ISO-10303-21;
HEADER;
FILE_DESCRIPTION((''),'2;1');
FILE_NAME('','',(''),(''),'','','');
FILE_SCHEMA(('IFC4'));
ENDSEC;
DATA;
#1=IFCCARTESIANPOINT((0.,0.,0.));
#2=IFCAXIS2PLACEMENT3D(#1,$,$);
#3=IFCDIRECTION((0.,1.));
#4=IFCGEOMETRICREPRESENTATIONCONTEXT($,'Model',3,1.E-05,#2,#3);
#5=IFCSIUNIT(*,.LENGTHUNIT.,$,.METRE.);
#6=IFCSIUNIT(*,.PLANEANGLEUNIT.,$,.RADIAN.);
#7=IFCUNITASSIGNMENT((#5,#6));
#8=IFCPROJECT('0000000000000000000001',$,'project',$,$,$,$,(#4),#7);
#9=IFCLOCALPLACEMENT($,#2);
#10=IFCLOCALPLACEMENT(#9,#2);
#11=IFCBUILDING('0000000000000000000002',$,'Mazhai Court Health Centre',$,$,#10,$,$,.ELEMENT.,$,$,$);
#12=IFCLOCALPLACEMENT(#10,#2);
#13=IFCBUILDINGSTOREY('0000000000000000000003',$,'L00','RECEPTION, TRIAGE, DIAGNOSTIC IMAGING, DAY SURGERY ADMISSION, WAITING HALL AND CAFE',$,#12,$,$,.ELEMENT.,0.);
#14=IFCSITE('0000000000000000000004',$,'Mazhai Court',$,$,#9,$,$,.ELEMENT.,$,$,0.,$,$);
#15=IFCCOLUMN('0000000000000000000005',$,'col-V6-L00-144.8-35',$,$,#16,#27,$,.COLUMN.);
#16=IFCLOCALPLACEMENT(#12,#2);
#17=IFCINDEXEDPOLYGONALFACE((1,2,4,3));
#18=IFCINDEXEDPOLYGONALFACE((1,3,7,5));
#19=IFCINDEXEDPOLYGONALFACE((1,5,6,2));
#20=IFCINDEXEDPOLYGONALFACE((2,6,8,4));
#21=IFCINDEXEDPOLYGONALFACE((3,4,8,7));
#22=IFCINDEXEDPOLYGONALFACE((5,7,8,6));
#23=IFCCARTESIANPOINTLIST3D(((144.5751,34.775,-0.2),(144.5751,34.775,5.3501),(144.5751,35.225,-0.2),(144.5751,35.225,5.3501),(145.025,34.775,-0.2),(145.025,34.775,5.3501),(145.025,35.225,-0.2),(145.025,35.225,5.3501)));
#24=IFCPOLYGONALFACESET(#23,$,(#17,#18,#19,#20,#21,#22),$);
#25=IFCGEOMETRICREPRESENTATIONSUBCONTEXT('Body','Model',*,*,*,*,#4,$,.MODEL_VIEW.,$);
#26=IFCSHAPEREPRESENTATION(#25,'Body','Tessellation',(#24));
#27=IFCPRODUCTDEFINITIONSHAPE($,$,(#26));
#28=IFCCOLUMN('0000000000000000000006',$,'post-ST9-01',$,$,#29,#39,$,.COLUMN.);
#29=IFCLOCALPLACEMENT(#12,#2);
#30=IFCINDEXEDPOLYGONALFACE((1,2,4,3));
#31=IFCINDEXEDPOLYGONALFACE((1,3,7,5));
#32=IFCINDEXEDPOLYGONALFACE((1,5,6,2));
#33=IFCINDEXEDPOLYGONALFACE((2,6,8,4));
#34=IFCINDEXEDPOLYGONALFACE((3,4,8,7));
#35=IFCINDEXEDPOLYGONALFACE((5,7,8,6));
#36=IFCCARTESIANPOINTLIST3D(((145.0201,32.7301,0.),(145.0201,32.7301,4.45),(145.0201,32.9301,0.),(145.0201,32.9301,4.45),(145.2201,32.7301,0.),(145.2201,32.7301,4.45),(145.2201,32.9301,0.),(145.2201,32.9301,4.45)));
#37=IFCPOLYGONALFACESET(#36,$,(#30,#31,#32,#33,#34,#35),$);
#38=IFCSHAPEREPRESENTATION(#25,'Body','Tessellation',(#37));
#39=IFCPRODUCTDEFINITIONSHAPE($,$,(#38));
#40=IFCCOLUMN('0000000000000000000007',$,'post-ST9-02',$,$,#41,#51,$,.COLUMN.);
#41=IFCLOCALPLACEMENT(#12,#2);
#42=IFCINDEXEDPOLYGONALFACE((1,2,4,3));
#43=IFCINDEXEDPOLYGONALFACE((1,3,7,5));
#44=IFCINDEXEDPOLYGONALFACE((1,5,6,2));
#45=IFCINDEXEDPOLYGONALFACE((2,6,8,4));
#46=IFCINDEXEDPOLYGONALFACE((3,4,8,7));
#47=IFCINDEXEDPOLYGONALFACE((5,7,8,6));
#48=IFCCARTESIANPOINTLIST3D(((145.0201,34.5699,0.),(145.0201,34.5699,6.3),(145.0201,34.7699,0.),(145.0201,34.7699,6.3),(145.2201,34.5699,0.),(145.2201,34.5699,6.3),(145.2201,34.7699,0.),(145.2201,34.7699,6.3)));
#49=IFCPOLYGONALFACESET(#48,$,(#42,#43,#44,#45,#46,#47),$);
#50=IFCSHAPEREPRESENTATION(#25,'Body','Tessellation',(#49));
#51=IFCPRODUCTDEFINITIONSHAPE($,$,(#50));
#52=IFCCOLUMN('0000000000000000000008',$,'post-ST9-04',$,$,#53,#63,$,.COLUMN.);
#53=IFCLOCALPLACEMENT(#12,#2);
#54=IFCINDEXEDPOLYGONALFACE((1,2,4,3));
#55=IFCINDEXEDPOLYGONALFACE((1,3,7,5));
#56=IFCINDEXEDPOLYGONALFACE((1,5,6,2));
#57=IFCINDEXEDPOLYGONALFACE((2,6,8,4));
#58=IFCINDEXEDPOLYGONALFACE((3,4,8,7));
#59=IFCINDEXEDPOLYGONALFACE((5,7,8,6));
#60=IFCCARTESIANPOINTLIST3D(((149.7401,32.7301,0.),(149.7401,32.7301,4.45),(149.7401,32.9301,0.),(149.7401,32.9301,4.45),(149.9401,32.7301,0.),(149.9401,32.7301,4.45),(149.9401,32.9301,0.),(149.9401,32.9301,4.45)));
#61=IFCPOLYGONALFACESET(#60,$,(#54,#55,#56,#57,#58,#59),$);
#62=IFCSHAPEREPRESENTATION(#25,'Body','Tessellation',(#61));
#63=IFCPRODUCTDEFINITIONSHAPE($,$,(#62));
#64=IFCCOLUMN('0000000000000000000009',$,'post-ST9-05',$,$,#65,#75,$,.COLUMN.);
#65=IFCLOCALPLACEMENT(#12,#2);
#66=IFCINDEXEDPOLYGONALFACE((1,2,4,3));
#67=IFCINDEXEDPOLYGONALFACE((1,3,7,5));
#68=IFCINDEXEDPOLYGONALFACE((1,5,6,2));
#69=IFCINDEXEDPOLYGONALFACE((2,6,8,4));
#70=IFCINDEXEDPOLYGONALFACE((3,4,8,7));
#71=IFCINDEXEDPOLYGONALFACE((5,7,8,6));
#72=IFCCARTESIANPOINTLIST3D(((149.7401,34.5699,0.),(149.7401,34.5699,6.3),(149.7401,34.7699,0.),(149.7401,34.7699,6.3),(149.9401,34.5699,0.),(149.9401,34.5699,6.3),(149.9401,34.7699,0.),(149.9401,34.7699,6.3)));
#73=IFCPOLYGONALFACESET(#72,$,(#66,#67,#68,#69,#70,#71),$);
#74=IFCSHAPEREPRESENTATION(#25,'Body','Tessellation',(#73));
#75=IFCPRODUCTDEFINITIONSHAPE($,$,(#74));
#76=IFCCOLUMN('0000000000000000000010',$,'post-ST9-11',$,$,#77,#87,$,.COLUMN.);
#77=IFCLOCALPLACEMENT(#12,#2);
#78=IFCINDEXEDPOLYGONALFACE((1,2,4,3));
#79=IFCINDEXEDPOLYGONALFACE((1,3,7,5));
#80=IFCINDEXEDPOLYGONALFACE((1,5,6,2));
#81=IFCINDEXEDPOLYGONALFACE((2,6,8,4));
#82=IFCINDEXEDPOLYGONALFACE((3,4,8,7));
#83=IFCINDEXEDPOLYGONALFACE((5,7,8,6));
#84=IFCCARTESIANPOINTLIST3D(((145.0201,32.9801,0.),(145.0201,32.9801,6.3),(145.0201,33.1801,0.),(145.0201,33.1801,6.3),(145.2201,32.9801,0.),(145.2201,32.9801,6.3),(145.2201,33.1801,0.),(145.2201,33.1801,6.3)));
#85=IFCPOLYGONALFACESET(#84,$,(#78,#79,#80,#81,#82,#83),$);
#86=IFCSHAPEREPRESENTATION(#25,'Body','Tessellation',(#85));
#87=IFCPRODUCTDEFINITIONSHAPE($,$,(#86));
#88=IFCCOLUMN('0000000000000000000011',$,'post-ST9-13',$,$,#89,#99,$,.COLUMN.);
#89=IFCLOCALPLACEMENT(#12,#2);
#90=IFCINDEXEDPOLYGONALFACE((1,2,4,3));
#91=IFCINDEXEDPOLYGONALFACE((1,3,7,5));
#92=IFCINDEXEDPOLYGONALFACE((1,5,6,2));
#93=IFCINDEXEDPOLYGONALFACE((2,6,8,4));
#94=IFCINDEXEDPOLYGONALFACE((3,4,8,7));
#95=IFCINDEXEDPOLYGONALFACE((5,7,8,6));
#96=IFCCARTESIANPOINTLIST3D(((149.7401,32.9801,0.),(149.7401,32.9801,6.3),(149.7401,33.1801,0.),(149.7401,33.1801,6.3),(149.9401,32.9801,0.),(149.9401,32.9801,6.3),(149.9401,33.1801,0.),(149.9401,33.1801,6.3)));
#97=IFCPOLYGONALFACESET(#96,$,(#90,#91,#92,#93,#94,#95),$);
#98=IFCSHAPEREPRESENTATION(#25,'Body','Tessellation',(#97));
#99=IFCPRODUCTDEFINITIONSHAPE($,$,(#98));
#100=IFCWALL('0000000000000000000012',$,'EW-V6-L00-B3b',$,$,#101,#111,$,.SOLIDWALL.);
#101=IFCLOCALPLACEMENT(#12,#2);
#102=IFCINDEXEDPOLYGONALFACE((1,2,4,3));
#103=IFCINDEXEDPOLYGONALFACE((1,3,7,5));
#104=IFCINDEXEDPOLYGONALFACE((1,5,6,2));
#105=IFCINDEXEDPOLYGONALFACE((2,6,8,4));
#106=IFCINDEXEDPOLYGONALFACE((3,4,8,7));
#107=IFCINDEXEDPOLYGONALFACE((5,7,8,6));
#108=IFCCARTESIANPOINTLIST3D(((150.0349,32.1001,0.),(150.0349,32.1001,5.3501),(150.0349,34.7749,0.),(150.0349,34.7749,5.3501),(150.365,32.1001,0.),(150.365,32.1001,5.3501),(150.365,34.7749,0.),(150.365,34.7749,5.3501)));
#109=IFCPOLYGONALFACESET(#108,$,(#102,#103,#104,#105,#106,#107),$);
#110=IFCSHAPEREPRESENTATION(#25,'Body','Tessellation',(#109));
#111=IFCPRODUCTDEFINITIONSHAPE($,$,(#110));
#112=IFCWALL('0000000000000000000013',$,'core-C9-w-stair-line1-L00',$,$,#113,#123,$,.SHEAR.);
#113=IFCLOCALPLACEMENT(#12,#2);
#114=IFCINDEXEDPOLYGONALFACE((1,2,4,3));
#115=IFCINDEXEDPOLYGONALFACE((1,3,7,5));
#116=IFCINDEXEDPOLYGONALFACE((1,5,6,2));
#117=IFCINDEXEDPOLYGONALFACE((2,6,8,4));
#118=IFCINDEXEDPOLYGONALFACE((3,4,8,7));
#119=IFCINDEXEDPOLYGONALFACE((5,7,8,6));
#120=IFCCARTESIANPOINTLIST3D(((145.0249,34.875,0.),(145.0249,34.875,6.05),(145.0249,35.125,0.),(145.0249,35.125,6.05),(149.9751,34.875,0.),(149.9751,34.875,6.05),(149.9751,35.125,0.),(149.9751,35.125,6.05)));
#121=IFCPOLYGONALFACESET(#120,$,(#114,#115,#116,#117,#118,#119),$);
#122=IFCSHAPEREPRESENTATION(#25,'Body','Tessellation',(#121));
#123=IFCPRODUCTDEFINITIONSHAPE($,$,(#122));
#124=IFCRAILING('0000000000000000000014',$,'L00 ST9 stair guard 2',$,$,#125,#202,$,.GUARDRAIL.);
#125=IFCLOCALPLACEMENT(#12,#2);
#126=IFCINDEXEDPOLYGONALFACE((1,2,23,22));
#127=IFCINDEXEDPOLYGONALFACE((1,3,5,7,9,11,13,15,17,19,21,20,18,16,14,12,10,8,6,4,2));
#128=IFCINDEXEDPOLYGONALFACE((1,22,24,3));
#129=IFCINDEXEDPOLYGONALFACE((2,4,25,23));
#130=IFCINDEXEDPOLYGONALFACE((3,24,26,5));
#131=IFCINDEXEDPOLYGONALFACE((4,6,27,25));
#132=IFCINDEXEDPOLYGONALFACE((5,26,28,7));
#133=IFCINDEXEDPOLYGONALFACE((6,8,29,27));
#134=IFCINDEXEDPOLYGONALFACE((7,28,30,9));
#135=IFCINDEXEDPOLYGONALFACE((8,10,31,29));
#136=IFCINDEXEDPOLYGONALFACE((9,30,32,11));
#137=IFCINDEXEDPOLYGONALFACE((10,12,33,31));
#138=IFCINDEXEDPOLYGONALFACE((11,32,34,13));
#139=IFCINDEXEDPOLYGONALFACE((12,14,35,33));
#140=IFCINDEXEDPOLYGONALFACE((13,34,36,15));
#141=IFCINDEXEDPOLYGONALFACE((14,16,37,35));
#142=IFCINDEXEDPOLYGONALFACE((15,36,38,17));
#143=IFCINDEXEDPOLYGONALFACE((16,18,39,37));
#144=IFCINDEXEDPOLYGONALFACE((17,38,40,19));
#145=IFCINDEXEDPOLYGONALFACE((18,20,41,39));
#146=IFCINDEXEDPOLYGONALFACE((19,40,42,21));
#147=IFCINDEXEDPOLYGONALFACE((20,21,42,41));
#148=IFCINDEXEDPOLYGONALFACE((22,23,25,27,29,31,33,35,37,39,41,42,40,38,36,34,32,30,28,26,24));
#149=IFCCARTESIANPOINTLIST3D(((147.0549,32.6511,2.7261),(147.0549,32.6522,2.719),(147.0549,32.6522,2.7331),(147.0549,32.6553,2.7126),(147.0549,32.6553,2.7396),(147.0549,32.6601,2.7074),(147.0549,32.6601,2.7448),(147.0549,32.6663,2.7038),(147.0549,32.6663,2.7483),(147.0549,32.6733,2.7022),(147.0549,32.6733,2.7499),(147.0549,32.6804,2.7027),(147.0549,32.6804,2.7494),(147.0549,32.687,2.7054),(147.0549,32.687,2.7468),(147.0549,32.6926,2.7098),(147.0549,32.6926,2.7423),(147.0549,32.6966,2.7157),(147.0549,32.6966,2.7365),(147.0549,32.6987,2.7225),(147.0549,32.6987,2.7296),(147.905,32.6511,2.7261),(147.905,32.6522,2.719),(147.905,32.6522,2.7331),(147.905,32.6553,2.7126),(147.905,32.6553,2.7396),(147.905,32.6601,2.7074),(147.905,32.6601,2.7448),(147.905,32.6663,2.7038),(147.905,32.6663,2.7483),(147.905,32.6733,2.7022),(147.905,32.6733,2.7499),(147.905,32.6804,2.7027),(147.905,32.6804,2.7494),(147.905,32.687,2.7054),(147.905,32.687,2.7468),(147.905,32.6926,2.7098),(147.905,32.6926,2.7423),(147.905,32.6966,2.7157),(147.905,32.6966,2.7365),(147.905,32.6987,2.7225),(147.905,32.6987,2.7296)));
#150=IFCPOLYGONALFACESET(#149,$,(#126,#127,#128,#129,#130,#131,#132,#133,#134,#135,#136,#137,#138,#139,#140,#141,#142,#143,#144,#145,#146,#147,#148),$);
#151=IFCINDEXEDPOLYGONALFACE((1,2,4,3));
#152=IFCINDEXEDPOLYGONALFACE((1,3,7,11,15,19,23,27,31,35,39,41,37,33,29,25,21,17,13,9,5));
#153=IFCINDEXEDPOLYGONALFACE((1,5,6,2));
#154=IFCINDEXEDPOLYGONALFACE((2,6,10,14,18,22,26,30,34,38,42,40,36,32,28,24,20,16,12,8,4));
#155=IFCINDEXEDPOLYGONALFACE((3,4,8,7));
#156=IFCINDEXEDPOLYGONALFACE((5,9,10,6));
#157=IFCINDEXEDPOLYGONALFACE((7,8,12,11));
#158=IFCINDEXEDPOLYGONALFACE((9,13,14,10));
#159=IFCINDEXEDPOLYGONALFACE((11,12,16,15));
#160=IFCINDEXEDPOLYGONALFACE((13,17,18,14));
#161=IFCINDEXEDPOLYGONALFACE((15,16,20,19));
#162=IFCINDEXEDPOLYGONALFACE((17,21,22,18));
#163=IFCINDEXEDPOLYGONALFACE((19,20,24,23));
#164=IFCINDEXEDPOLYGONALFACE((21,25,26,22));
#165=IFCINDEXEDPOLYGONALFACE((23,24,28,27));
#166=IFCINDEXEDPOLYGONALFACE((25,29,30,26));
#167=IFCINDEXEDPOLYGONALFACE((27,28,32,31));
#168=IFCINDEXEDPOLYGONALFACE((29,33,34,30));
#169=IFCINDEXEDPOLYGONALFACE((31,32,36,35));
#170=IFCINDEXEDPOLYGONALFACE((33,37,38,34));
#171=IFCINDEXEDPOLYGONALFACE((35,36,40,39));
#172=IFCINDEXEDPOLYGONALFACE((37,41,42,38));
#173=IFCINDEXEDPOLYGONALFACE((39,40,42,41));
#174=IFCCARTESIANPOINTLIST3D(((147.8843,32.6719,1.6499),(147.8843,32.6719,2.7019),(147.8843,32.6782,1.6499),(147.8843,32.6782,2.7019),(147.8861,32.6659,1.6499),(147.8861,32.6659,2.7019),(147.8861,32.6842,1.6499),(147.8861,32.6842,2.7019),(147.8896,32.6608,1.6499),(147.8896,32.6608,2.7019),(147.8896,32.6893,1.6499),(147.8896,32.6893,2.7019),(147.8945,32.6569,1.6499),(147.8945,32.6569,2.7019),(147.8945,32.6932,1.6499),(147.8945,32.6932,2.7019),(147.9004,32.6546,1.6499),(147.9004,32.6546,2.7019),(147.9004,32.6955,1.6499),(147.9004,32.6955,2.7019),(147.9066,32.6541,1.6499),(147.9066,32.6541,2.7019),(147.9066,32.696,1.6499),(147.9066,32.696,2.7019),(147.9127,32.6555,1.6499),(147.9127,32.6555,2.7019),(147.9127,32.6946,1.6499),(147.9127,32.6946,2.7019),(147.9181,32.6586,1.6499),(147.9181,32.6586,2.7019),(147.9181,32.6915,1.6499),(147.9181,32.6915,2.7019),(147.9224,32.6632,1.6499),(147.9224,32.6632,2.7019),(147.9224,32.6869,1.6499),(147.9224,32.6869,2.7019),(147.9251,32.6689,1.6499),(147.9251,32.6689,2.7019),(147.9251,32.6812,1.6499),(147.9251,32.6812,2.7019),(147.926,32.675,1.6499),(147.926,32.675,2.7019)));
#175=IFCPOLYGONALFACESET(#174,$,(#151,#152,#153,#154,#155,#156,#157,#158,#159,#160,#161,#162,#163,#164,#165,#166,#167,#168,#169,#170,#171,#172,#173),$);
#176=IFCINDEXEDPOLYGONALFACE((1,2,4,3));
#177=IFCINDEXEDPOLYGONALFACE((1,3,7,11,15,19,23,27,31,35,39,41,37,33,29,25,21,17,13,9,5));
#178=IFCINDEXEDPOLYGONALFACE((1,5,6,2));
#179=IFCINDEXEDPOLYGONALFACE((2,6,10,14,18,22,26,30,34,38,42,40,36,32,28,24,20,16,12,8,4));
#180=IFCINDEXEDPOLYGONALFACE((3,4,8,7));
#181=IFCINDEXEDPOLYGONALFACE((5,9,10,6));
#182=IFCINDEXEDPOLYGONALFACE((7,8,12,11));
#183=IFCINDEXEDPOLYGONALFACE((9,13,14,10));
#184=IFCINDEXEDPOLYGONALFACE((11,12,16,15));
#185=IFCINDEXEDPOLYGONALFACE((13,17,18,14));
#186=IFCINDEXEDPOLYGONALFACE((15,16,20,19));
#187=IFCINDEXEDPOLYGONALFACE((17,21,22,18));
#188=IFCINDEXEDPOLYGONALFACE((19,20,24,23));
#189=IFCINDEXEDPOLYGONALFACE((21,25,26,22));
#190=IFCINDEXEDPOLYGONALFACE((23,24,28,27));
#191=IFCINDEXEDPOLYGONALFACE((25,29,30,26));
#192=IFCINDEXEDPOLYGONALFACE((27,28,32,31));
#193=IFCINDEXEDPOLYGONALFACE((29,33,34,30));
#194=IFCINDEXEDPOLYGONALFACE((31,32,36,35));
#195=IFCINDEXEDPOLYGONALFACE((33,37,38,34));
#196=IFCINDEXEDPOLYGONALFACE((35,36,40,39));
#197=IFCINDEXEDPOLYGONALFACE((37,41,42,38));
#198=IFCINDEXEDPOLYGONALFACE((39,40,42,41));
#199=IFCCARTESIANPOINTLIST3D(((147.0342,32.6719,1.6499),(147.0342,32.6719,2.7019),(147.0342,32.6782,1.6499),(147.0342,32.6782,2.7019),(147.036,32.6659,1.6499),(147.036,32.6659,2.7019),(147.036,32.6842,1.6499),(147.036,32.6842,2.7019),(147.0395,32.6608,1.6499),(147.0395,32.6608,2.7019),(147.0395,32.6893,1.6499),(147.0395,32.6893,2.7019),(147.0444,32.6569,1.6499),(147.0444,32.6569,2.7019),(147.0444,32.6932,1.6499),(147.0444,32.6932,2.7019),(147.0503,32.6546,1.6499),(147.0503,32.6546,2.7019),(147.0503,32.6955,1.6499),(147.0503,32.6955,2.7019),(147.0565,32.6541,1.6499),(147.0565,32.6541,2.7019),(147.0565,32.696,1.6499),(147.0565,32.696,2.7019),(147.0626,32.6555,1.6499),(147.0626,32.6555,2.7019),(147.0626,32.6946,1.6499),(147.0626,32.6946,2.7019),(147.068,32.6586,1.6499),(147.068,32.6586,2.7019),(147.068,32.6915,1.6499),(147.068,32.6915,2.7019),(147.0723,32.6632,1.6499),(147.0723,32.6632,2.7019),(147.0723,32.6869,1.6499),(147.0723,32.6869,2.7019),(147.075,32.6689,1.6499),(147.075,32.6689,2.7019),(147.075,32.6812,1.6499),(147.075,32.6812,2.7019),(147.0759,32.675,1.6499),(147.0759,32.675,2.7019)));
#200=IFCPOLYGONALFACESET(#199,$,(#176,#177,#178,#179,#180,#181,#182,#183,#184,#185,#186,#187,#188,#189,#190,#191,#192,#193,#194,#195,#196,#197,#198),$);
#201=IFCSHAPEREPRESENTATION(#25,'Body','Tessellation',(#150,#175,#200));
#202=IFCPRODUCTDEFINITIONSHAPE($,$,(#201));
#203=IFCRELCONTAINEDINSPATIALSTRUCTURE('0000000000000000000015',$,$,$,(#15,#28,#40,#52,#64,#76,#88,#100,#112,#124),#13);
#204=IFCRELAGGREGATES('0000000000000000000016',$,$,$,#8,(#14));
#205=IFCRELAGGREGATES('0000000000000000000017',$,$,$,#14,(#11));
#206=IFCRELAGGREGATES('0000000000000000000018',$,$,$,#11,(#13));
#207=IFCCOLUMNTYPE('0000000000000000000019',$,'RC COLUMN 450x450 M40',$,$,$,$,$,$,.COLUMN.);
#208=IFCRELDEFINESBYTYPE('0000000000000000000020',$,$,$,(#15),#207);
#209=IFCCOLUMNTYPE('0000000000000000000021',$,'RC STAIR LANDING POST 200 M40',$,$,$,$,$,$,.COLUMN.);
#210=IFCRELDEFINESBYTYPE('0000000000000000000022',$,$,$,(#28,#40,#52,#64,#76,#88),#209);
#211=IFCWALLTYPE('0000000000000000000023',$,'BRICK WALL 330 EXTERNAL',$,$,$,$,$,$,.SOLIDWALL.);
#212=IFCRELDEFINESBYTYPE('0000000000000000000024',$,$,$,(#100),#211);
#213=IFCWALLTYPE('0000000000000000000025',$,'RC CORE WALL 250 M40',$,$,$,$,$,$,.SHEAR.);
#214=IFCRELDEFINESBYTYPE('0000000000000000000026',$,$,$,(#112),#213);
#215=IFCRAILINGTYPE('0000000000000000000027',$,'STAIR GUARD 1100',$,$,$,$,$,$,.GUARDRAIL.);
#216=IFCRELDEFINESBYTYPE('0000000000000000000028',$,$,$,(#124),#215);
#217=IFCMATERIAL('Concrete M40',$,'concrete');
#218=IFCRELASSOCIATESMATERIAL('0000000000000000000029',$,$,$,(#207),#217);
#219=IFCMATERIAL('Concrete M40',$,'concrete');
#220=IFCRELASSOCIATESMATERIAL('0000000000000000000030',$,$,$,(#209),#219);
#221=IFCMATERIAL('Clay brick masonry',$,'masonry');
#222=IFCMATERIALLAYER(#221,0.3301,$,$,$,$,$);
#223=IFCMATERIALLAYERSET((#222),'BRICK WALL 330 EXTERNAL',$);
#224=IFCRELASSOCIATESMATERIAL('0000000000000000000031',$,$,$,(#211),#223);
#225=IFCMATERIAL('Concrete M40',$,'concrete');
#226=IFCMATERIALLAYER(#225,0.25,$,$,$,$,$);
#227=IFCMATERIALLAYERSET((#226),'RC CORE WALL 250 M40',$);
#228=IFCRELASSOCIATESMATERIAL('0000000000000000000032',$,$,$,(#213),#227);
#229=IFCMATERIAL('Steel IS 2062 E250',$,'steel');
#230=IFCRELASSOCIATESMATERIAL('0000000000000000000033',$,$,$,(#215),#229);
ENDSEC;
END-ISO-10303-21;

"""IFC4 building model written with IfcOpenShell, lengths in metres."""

from ifc_helpers import new_model, si_unit, direction, frame, frame_2d, origin, origin_2d, place, context, subcontext, project, spatial, rectangle, circle, extrude, material, layer, layer_set, material_profile, profile_set, type_object, element, save


model = new_model("IFC4")

# Units and contexts
model_context = context("Model", 3, precision=1e-05, world=origin(), true_north=direction((0.0, 1.0)))
body_context = subcontext(model_context, "Body", "Model", "MODEL_VIEW")
ifc_project = project(units=[si_unit("LENGTHUNIT", "METRE"), si_unit("PLANEANGLEUNIT", "RADIAN")], contexts=[model_context])

# Site, building, storey
site_placement = place(None, origin())
site = spatial("IfcSite", under=ifc_project, at=site_placement, Name="Mazhai Court", CompositionType="ELEMENT", RefElevation=0.0)
building_placement = place(site_placement, origin())
building = spatial("IfcBuilding", under=site, at=building_placement, Name="Mazhai Court Health Centre", CompositionType="ELEMENT")
storey_placement = place(building_placement, origin())
storey = spatial("IfcBuildingStorey", under=building, at=storey_placement, Name="L00", Description="RECEPTION, TRIAGE, DIAGNOSTIC IMAGING, DAY SURGERY ADMISSION, WAITING HALL AND CAFE", CompositionType="ELEMENT", Elevation=0.0)

# Columns
ifc_material_1 = material(Name="Concrete M40", Category="concrete")
ifc_material_profile_1 = material_profile(ifc_material_1, rectangle(XDim=0.45, YDim=0.45, at=origin_2d()), Name="RC 450x450")
ifc_profile_set_1 = profile_set([ifc_material_profile_1], Name="Concrete M40")
column_type_1 = type_object("IfcColumnType", Name="RC COLUMN 450x450 M40", PredefinedType="COLUMN", material=ifc_profile_set_1)
column_1_placement = place(storey_placement, frame((144.8, 35.0, -0.2), z_axis=(0.0, 0.0, 1.0), x_axis=(1.0, 0.0, 0.0)))
element("IfcColumn", 1, at=column_1_placement, inside=storey, type_object=column_type_1, Name="col-V6-L00-144.8-35", PredefinedType="COLUMN", context=body_context, shape_type="SweptSolid", body=[
    extrude(rectangle(XDim=0.45, YDim=0.45, at=origin_2d()), origin(), (0.0, 0.0, 1.0), 5.55),
])
ifc_material_2 = material(Name="Concrete M40", Category="concrete")
ifc_material_profile_2 = material_profile(ifc_material_2, rectangle(XDim=0.2, YDim=0.2, at=origin_2d()), Name="RC 200x200")
ifc_profile_set_2 = profile_set([ifc_material_profile_2], Name="Concrete M40")
column_type_2 = type_object("IfcColumnType", Name="RC STAIR LANDING POST 200 M40", PredefinedType="COLUMN", material=ifc_profile_set_2)
column_2_placement = place(storey_placement, frame((145.1201, 32.8301, 0.0), z_axis=(0.0, 0.0, 1.0), x_axis=(1.0, 0.0, 0.0)))
element("IfcColumn", 2, at=column_2_placement, inside=storey, type_object=column_type_2, Name="post-ST9-01", PredefinedType="COLUMN", context=body_context, shape_type="SweptSolid", body=[
    extrude(rectangle(XDim=0.2, YDim=0.2, at=origin_2d()), origin(), (0.0, 0.0, 1.0), 4.45),
])
column_3_placement = place(storey_placement, frame((145.1201, 34.6699, 0.0), z_axis=(0.0, 0.0, 1.0), x_axis=(1.0, 0.0, 0.0)))
element("IfcColumn", 3, at=column_3_placement, inside=storey, type_object=column_type_2, Name="post-ST9-02", PredefinedType="COLUMN", context=body_context, shape_type="SweptSolid", body=[
    extrude(rectangle(XDim=0.2, YDim=0.2, at=origin_2d()), origin(), (0.0, 0.0, 1.0), 6.3),
])
column_4_placement = place(storey_placement, frame((149.8401, 32.8301, 0.0), z_axis=(0.0, 0.0, 1.0), x_axis=(1.0, 0.0, 0.0)))
element("IfcColumn", 4, at=column_4_placement, inside=storey, type_object=column_type_2, Name="post-ST9-04", PredefinedType="COLUMN", context=body_context, shape_type="SweptSolid", body=[
    extrude(rectangle(XDim=0.2, YDim=0.2, at=origin_2d()), origin(), (0.0, 0.0, 1.0), 4.45),
])
for number, where, z_axis, x_axis, name in (
    (5, (149.8401, 34.6699, 0.0), (0.0, 0.0, 1.0), (1.0, 0.0, 0.0), "post-ST9-05"),
    (6, (145.1201, 33.0801, 0.0), (0.0, 0.0, 1.0), (1.0, 0.0, 0.0), "post-ST9-11"),
    (7, (149.8401, 33.0801, 0.0), (0.0, 0.0, 1.0), (1.0, 0.0, 0.0), "post-ST9-13"),
):
    element("IfcColumn", number, at=place(storey_placement, frame(where, z_axis=z_axis, x_axis=x_axis)), inside=storey, type_object=column_type_2, Name=name, PredefinedType="COLUMN", context=body_context, shape_type="SweptSolid", body=[
        extrude(rectangle(XDim=0.2, YDim=0.2, at=origin_2d()), origin(), (0.0, 0.0, 1.0), 6.3),
    ])

# Walls
ifc_material_3 = material(Name="Clay brick masonry", Category="masonry")
ifc_layer_1 = layer(ifc_material_3, 0.3301)
ifc_layer_set_1 = layer_set([ifc_layer_1], Name="BRICK WALL 330 EXTERNAL")
wall_type_1 = type_object("IfcWallType", Name="BRICK WALL 330 EXTERNAL", PredefinedType="SOLIDWALL", material=ifc_layer_set_1)
wall_1_placement = place(storey_placement, frame((150.2, 34.7749, 0.0), z_axis=(0.0, 0.0, 1.0), x_axis=(0.0, -1.0, 0.0)))
element("IfcWall", 8, at=wall_1_placement, inside=storey, type_object=wall_type_1, Name="EW-V6-L00-B3b", PredefinedType="SOLIDWALL", context=body_context, shape_type="SweptSolid", body=[
    extrude(rectangle(XDim=2.6748, YDim=0.3301, at=frame_2d((1.3374, 0.0))), origin(), (0.0, 0.0, 1.0), 5.3501),
])
ifc_material_4 = material(Name="Concrete M40", Category="concrete")
ifc_layer_2 = layer(ifc_material_4, 0.25)
ifc_layer_set_2 = layer_set([ifc_layer_2], Name="RC CORE WALL 250 M40")
wall_type_2 = type_object("IfcWallType", Name="RC CORE WALL 250 M40", PredefinedType="SHEAR", material=ifc_layer_set_2)
wall_2_placement = place(storey_placement, frame((145.0249, 35.0, 0.0), z_axis=(0.0, 0.0, 1.0), x_axis=(1.0, 0.0, 0.0)))
element("IfcWall", 9, at=wall_2_placement, inside=storey, type_object=wall_type_2, Name="core-C9-w-stair-line1-L00", PredefinedType="SHEAR", context=body_context, shape_type="SweptSolid", body=[
    extrude(rectangle(XDim=4.9502, YDim=0.25, at=frame_2d((2.4751, 0.0))), origin(), (0.0, 0.0, 1.0), 6.05),
])

# Railing
ifc_material_5 = material(Name="Steel IS 2062 E250", Category="steel")
railing_type_1 = type_object("IfcRailingType", Name="STAIR GUARD 1100", PredefinedType="GUARDRAIL", material=ifc_material_5)
railing_1_placement = place(storey_placement, frame((147.905, 32.675, 1.6499)))
element("IfcRailing", 10, at=railing_1_placement, inside=storey, type_object=railing_type_1, Name="L00 ST9 stair guard 2", PredefinedType="GUARDRAIL", context=body_context, shape_type="SweptSolid", body=[
    extrude(circle(Radius=0.0239, at=origin_2d()), frame((0.0, 0.0, 1.0762), z_axis=(-1.0, 0.0, 0.0), x_axis=(0.0, -1.0, 0.0)), (0.0, 0.0, 1.0), 0.8501),
    extrude(circle(Radius=0.021, at=origin_2d()), origin(), (0.0, 0.0, 1.0), 1.052),
    extrude(circle(Radius=0.021, at=origin_2d()), frame((-0.8501, 0.0, 0.0)), (0.0, 0.0, 1.0), 1.052),
])

save(model, "model.ifc")
